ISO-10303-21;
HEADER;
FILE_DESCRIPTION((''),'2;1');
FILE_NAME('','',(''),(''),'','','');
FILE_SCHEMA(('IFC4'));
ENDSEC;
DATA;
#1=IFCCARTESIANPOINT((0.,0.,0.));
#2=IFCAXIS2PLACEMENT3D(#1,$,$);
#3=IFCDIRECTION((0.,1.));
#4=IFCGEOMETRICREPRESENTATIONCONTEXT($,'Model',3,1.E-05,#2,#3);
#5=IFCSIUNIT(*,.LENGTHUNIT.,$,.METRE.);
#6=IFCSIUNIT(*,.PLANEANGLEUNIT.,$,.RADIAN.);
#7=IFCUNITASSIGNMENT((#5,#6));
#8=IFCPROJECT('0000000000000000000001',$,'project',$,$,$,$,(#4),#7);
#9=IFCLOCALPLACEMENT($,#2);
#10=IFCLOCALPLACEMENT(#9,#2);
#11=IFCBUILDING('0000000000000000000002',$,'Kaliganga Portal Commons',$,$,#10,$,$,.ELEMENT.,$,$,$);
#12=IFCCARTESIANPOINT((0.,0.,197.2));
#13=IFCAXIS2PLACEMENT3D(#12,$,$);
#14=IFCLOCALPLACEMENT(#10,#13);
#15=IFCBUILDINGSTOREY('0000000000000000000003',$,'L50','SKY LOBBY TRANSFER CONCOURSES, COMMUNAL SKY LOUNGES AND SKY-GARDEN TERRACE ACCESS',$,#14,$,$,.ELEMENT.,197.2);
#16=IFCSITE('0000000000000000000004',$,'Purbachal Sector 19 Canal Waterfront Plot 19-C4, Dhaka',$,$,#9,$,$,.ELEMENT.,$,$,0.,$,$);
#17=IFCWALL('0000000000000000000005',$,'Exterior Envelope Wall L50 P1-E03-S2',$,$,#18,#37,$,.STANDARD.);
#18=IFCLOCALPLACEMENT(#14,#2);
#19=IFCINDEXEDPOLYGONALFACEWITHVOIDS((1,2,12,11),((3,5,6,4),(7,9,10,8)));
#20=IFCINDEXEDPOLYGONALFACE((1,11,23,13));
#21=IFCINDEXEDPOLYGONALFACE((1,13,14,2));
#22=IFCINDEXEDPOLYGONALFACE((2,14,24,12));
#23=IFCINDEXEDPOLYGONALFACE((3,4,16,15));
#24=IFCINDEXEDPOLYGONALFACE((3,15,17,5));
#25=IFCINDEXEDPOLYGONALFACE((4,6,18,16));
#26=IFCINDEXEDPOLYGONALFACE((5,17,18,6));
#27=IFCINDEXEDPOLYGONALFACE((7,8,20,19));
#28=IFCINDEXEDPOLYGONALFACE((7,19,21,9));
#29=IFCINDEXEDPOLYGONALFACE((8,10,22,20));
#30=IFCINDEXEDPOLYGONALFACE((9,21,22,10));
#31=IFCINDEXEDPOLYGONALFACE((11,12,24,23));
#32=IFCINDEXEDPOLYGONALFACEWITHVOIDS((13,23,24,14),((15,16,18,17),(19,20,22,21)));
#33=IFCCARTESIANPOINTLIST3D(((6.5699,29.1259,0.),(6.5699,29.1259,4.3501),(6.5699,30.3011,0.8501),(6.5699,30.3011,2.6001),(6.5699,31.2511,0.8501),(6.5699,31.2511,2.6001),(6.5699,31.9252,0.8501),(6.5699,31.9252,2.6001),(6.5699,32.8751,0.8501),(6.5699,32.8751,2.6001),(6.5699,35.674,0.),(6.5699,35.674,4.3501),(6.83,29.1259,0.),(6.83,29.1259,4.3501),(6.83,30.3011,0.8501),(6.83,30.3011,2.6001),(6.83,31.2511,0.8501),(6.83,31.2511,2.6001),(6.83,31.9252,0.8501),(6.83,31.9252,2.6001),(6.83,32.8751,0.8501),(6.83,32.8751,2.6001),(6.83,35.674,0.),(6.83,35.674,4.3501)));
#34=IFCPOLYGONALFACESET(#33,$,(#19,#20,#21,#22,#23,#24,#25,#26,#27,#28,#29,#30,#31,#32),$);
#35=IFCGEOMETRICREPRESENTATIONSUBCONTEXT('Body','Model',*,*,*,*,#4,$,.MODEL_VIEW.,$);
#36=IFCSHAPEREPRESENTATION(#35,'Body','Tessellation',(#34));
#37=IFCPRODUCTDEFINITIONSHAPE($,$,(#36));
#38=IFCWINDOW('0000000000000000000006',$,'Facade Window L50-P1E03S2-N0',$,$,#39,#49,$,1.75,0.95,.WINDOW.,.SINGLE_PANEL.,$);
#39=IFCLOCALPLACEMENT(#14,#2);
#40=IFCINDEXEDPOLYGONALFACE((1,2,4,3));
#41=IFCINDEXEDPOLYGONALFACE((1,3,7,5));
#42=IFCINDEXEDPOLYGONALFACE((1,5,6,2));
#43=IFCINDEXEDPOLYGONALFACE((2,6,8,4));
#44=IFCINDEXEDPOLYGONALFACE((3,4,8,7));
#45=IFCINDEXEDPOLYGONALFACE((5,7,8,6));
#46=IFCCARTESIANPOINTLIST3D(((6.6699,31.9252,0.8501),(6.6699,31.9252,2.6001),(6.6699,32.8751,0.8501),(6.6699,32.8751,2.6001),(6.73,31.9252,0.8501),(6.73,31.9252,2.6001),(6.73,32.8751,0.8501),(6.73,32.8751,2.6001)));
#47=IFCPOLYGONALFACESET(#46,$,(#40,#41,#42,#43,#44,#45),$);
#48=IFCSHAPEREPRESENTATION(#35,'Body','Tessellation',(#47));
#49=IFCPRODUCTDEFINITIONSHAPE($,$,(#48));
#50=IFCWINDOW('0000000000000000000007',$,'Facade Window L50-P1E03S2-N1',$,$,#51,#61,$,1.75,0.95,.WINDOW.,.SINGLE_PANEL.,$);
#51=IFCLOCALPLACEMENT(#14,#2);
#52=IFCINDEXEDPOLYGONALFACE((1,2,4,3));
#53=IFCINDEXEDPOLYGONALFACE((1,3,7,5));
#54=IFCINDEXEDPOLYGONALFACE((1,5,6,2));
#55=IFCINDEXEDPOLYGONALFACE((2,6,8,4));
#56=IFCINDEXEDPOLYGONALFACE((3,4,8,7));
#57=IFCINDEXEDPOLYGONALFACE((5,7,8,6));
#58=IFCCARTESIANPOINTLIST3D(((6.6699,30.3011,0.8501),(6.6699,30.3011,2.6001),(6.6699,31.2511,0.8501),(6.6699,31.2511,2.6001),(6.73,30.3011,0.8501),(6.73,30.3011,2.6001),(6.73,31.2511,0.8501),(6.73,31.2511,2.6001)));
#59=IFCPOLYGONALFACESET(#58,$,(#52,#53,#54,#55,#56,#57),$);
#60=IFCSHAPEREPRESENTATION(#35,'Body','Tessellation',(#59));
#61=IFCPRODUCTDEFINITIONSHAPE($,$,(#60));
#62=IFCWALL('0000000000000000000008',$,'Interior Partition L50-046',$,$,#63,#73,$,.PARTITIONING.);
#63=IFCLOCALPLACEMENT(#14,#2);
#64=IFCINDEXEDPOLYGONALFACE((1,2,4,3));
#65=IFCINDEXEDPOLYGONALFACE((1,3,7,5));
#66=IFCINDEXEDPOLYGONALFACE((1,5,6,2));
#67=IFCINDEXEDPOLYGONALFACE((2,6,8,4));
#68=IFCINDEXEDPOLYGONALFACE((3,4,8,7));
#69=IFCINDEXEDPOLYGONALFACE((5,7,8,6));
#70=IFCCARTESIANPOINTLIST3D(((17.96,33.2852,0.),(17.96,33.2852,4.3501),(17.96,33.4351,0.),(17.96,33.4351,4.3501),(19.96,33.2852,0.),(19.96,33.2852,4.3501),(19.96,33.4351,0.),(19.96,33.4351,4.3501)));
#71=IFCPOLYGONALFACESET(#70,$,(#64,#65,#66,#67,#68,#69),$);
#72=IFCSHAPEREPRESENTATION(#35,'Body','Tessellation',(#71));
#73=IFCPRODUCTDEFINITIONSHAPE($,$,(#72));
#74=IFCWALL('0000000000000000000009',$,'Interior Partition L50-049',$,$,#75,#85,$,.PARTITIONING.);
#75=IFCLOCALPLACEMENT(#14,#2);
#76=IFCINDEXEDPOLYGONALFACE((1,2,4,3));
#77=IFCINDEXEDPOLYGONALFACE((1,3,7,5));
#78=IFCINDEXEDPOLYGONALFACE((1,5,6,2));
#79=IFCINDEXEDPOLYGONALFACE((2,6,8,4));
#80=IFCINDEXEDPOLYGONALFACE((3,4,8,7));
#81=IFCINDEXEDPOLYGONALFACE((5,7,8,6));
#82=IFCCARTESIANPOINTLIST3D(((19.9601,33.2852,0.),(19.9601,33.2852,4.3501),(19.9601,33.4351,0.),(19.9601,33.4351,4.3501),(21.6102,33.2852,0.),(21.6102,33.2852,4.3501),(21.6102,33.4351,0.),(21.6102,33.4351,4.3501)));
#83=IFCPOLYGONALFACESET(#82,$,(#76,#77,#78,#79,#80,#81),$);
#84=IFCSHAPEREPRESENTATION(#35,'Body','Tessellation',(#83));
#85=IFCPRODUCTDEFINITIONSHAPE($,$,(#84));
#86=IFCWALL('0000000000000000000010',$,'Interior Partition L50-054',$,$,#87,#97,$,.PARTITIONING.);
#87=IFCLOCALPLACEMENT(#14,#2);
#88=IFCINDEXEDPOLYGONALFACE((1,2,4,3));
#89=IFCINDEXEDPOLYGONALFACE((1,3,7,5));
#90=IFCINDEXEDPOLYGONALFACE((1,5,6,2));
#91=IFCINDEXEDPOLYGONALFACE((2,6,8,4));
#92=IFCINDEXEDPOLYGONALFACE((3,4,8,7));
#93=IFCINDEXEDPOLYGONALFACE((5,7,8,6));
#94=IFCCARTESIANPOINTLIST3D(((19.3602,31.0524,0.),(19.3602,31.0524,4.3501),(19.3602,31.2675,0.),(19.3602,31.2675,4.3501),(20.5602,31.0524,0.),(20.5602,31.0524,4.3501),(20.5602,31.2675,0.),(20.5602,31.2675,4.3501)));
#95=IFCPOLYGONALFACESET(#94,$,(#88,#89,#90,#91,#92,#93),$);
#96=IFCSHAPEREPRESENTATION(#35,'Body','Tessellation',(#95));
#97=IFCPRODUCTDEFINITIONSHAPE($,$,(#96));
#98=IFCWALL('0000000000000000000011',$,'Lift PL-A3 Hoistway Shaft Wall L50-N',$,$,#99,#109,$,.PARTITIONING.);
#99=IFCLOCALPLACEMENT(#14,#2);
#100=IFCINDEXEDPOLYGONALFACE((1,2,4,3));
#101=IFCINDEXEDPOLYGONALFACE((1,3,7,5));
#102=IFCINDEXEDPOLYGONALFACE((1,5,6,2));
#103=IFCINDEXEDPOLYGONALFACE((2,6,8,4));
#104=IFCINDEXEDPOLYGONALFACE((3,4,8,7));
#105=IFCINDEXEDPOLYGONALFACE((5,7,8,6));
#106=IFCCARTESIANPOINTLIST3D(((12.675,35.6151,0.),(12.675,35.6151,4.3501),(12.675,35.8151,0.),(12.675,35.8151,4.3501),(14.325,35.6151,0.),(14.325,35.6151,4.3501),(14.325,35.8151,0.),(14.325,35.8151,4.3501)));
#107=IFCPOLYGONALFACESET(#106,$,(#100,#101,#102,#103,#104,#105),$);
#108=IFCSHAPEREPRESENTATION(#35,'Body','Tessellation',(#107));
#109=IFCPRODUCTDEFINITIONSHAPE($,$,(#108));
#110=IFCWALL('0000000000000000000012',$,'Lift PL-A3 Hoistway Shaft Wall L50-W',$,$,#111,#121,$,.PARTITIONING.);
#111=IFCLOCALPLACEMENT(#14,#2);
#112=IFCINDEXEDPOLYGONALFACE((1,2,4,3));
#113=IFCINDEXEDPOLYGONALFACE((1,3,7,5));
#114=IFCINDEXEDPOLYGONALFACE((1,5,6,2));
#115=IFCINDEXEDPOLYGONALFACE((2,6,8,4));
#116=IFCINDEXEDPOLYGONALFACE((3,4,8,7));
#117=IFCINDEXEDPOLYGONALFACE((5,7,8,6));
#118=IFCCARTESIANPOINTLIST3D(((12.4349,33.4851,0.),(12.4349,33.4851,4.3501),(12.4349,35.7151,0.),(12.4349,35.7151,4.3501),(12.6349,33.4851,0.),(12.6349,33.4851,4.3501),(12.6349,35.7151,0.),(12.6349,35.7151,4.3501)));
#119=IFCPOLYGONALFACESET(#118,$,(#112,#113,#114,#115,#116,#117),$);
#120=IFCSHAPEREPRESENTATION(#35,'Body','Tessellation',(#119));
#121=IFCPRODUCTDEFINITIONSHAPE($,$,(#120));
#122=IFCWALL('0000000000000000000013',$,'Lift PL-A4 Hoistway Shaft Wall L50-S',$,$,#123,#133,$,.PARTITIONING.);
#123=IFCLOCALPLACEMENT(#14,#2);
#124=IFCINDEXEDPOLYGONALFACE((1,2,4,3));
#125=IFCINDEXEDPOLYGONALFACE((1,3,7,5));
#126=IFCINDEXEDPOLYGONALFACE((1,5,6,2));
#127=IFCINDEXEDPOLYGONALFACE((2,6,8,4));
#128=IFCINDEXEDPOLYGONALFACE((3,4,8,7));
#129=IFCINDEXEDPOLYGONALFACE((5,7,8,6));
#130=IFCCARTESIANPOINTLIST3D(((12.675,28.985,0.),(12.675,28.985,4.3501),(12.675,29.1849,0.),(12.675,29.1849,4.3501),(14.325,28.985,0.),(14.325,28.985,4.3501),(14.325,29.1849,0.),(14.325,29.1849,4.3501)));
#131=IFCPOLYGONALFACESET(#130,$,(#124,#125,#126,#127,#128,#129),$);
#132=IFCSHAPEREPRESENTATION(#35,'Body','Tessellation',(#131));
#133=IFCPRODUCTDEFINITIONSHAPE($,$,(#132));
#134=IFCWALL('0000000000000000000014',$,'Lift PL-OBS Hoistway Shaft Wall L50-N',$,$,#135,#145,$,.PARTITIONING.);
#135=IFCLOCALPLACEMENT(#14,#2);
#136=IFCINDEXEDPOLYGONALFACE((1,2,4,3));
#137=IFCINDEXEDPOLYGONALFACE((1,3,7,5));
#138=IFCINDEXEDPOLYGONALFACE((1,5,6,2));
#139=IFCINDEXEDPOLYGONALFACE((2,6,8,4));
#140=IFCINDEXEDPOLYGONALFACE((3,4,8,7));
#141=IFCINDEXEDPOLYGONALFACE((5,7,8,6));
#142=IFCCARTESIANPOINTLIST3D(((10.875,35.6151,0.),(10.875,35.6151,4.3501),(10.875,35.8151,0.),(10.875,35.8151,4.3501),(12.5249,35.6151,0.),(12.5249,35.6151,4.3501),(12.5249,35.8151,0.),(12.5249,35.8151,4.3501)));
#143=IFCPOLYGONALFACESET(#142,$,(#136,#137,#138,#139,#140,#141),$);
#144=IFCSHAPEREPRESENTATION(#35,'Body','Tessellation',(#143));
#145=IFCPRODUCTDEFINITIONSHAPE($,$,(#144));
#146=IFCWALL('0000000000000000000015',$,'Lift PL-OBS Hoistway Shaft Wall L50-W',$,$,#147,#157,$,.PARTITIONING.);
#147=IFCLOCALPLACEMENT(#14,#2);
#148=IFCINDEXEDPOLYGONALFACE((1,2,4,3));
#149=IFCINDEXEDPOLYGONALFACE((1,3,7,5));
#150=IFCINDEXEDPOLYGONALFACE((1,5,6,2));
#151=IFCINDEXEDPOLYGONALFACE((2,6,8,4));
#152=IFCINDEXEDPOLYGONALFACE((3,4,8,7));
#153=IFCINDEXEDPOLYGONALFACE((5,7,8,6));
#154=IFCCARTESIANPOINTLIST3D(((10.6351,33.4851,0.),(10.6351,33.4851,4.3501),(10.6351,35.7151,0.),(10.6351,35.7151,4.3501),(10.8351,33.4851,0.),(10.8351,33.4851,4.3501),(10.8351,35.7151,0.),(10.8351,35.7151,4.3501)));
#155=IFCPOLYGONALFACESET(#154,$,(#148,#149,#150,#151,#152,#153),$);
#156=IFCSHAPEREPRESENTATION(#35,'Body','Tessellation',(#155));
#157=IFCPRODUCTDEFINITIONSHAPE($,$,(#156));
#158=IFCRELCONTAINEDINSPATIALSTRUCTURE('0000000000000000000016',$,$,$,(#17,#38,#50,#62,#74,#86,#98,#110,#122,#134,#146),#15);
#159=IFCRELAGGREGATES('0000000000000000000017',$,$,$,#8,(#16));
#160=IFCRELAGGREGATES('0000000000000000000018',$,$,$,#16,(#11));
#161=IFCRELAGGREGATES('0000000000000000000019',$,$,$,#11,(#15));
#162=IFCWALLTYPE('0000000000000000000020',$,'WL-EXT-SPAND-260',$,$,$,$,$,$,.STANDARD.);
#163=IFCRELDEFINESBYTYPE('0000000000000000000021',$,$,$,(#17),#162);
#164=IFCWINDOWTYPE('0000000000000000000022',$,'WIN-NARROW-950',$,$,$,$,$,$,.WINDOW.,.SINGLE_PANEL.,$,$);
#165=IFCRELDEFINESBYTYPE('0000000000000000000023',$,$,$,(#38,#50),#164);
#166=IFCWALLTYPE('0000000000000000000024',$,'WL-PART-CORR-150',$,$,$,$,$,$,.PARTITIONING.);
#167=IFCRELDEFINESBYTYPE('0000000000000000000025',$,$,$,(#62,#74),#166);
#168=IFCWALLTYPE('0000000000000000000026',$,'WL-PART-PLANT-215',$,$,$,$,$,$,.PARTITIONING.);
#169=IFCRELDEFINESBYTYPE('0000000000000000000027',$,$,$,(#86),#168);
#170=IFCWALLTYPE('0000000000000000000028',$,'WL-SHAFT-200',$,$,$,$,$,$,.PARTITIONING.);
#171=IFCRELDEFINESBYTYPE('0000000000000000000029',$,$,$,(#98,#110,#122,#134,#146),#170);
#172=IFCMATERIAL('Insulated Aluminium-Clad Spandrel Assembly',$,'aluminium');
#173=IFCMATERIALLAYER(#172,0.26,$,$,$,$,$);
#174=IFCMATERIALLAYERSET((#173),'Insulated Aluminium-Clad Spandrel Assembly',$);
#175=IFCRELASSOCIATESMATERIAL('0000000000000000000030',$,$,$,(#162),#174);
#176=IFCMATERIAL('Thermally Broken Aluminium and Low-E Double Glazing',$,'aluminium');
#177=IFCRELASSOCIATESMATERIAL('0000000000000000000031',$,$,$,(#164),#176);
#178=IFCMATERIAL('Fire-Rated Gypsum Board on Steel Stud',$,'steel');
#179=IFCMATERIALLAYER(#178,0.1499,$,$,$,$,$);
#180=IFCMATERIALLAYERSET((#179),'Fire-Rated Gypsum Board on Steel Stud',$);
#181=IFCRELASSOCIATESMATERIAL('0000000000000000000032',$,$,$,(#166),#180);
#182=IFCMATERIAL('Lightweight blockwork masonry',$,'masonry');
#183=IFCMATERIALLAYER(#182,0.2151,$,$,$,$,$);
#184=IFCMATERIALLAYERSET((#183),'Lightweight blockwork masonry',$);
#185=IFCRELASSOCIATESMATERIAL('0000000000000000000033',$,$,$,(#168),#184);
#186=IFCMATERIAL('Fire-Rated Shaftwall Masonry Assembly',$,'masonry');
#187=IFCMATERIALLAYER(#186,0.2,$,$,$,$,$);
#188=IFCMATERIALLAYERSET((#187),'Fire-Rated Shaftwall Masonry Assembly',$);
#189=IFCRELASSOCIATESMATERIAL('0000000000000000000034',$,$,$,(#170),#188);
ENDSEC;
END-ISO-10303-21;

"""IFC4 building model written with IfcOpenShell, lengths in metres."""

from ifc_helpers import new_model, si_unit, direction, frame, frame_2d, origin, place, context, subcontext, project, spatial, rectangle, extrude, material, layer, layer_set, type_object, element, fill, save


model = new_model("IFC4")

# Units and contexts
model_context = context("Model", 3, precision=1e-05, world=origin(), true_north=direction((0.0, 1.0)))
body_context = subcontext(model_context, "Body", "Model", "MODEL_VIEW")
ifc_project = project(units=[si_unit("LENGTHUNIT", "METRE"), si_unit("PLANEANGLEUNIT", "RADIAN")], contexts=[model_context])

# Site, building, storey
site_placement = place(None, origin())
site = spatial("IfcSite", under=ifc_project, at=site_placement, Name="Purbachal Sector 19 Canal Waterfront Plot 19-C4, Dhaka", CompositionType="ELEMENT", RefElevation=0.0)
building_placement = place(site_placement, origin())
building = spatial("IfcBuilding", under=site, at=building_placement, Name="Kaliganga Portal Commons", CompositionType="ELEMENT")
storey_placement = place(building_placement, frame((0.0, 0.0, 197.2)))
storey = spatial("IfcBuildingStorey", under=building, at=storey_placement, Name="L50", Description="SKY LOBBY TRANSFER CONCOURSES, COMMUNAL SKY LOUNGES AND SKY-GARDEN TERRACE ACCESS", CompositionType="ELEMENT", Elevation=197.2)

# Wall, openings, windows
ifc_material_1 = material(Name="Insulated Aluminium-Clad Spandrel Assembly", Category="aluminium")
ifc_layer_1 = layer(ifc_material_1, 0.26)
ifc_layer_set_1 = layer_set([ifc_layer_1], Name="Insulated Aluminium-Clad Spandrel Assembly")
wall_type_1 = type_object("IfcWallType", Name="WL-EXT-SPAND-260", PredefinedType="STANDARD", material=ifc_layer_set_1)
wall_1_placement = place(storey_placement, frame((6.7, 29.126, 0.0), z_axis=(0.0, 0.0, 1.0), x_axis=(0.0, 1.0, 0.0)))
wall_1 = element("IfcWall", 1, at=wall_1_placement, inside=storey, type_object=wall_type_1, Name="Exterior Envelope Wall L50 P1-E03-S2", PredefinedType="STANDARD", context=body_context, shape_type="SweptSolid", body=[
    extrude(rectangle(XDim=6.5481, YDim=0.26, at=frame_2d((3.2739, 0.0))), origin(), (0.0, 0.0, 1.0), 4.3501),
])
opening_1_placement = place(wall_1_placement, frame((2.7991, 0.0, 0.8501)))
opening_1 = element("IfcOpeningElement", 2, at=opening_1_placement, cuts=wall_1, PredefinedType="OPENING", context=body_context, shape_type="SweptSolid", body=[
    extrude(rectangle(XDim=0.95, YDim=1.75, at=frame_2d((0.4751, 0.875))), frame((0.0, 0.1401, 0.0), z_axis=(0.0, -1.0, 0.0), x_axis=(1.0, 0.0, 0.0)), (0.0, 0.0, 1.0), 0.28),
])
opening_2_placement = place(wall_1_placement, frame((1.175, 0.0, 0.8501)))
opening_2 = element("IfcOpeningElement", 3, at=opening_2_placement, cuts=wall_1, PredefinedType="OPENING", context=body_context, shape_type="SweptSolid", body=[
    extrude(rectangle(XDim=0.95, YDim=1.75, at=frame_2d((0.4751, 0.875))), frame((0.0, 0.1401, 0.0), z_axis=(0.0, -1.0, 0.0), x_axis=(1.0, 0.0, 0.0)), (0.0, 0.0, 1.0), 0.28),
])
ifc_material_2 = material(Name="Thermally Broken Aluminium and Low-E Double Glazing", Category="aluminium")
window_type = type_object("IfcWindowType", Name="WIN-NARROW-950", PartitioningType="SINGLE_PANEL", PredefinedType="WINDOW", material=ifc_material_2)
window_1_placement = place(opening_1_placement, origin())
window_1 = element("IfcWindow", 4, at=window_1_placement, inside=storey, type_object=window_type, Name="Facade Window L50-P1E03S2-N0", OverallHeight=1.75, OverallWidth=0.95, PartitioningType="SINGLE_PANEL", PredefinedType="WINDOW", context=body_context, shape_type="SweptSolid", body=[
    extrude(rectangle(XDim=0.95, YDim=1.75, at=frame_2d((0.4751, 0.875))), frame((0.0, 0.03, 0.0), z_axis=(0.0, -1.0, 0.0), x_axis=(1.0, 0.0, 0.0)), (0.0, 0.0, 1.0), 0.0601),
])
fill(opening_1, window_1)
window_2_placement = place(opening_2_placement, origin())
window_2 = element("IfcWindow", 5, at=window_2_placement, inside=storey, type_object=window_type, Name="Facade Window L50-P1E03S2-N1", OverallHeight=1.75, OverallWidth=0.95, PartitioningType="SINGLE_PANEL", PredefinedType="WINDOW", context=body_context, shape_type="SweptSolid", body=[
    extrude(rectangle(XDim=0.95, YDim=1.75, at=frame_2d((0.4751, 0.875))), frame((0.0, 0.03, 0.0), z_axis=(0.0, -1.0, 0.0), x_axis=(1.0, 0.0, 0.0)), (0.0, 0.0, 1.0), 0.0601),
])
fill(opening_2, window_2)

# Walls
ifc_material_3 = material(Name="Fire-Rated Gypsum Board on Steel Stud", Category="steel")
ifc_layer_2 = layer(ifc_material_3, 0.1499)
ifc_layer_set_2 = layer_set([ifc_layer_2], Name="Fire-Rated Gypsum Board on Steel Stud")
wall_type_2 = type_object("IfcWallType", Name="WL-PART-CORR-150", PredefinedType="PARTITIONING", material=ifc_layer_set_2)
wall_2_placement = place(storey_placement, frame((17.96, 33.3601, 0.0), z_axis=(0.0, 0.0, 1.0), x_axis=(1.0, 0.0, 0.0)))
element("IfcWall", 6, at=wall_2_placement, inside=storey, type_object=wall_type_2, Name="Interior Partition L50-046", PredefinedType="PARTITIONING", context=body_context, shape_type="SweptSolid", body=[
    extrude(rectangle(XDim=2.0, YDim=0.1499, at=frame_2d((1.0, 0.0))), origin(), (0.0, 0.0, 1.0), 4.3501),
])
wall_3_placement = place(storey_placement, frame((19.96, 33.3601, 0.0), z_axis=(0.0, 0.0, 1.0), x_axis=(1.0, 0.0, 0.0)))
element("IfcWall", 7, at=wall_3_placement, inside=storey, type_object=wall_type_2, Name="Interior Partition L50-049", PredefinedType="PARTITIONING", context=body_context, shape_type="SweptSolid", body=[
    extrude(rectangle(XDim=1.6501, YDim=0.1499, at=frame_2d((0.8252, 0.0))), origin(), (0.0, 0.0, 1.0), 4.3501),
])
ifc_material_4 = material(Name="Lightweight blockwork masonry", Category="masonry")
ifc_layer_3 = layer(ifc_material_4, 0.2151)
ifc_layer_set_3 = layer_set([ifc_layer_3], Name="Lightweight blockwork masonry")
wall_type_3 = type_object("IfcWallType", Name="WL-PART-PLANT-215", PredefinedType="PARTITIONING", material=ifc_layer_set_3)
wall_4_placement = place(storey_placement, frame((19.3601, 31.1599, 0.0), z_axis=(0.0, 0.0, 1.0), x_axis=(1.0, 0.0, 0.0)))
element("IfcWall", 8, at=wall_4_placement, inside=storey, type_object=wall_type_3, Name="Interior Partition L50-054", PredefinedType="PARTITIONING", context=body_context, shape_type="SweptSolid", body=[
    extrude(rectangle(XDim=1.2, YDim=0.2151, at=frame_2d((0.6001, 0.0))), origin(), (0.0, 0.0, 1.0), 4.3501),
])

# Shared definitions
ifc_material_5 = material(Name="Fire-Rated Shaftwall Masonry Assembly", Category="masonry")
ifc_layer_4 = layer(ifc_material_5, 0.2)
ifc_layer_set_4 = layer_set([ifc_layer_4], Name="Fire-Rated Shaftwall Masonry Assembly")
wall_type_4 = type_object("IfcWallType", Name="WL-SHAFT-200", PredefinedType="PARTITIONING", material=ifc_layer_set_4)

# Walls
wall_5_placement = place(storey_placement, frame((12.675, 35.7151, 0.0), z_axis=(0.0, 0.0, 1.0), x_axis=(1.0, 0.0, 0.0)))
element("IfcWall", 9, at=wall_5_placement, inside=storey, type_object=wall_type_4, Name="Lift PL-A3 Hoistway Shaft Wall L50-N", PredefinedType="PARTITIONING", context=body_context, shape_type="SweptSolid", body=[
    extrude(rectangle(XDim=1.6499, YDim=0.2, at=frame_2d((0.825, 0.0))), origin(), (0.0, 0.0, 1.0), 4.3501),
])
wall_6_placement = place(storey_placement, frame((12.5349, 33.4851, 0.0), z_axis=(0.0, 0.0, 1.0), x_axis=(0.0, 1.0, 0.0)))
element("IfcWall", 10, at=wall_6_placement, inside=storey, type_object=wall_type_4, Name="Lift PL-A3 Hoistway Shaft Wall L50-W", PredefinedType="PARTITIONING", context=body_context, shape_type="SweptSolid", body=[
    extrude(rectangle(XDim=2.23, YDim=0.2, at=frame_2d((1.115, 0.0))), origin(), (0.0, 0.0, 1.0), 4.3501),
])
wall_7_placement = place(storey_placement, frame((12.675, 29.085, 0.0), z_axis=(0.0, 0.0, 1.0), x_axis=(1.0, 0.0, 0.0)))
element("IfcWall", 11, at=wall_7_placement, inside=storey, type_object=wall_type_4, Name="Lift PL-A4 Hoistway Shaft Wall L50-S", PredefinedType="PARTITIONING", context=body_context, shape_type="SweptSolid", body=[
    extrude(rectangle(XDim=1.6499, YDim=0.2, at=frame_2d((0.825, 0.0))), origin(), (0.0, 0.0, 1.0), 4.3501),
])

# Walls
wall_8_placement = place(storey_placement, frame((10.875, 35.7151, 0.0), z_axis=(0.0, 0.0, 1.0), x_axis=(1.0, 0.0, 0.0)))
element("IfcWall", 12, at=wall_8_placement, inside=storey, type_object=wall_type_4, Name="Lift PL-OBS Hoistway Shaft Wall L50-N", PredefinedType="PARTITIONING", context=body_context, shape_type="SweptSolid", body=[
    extrude(rectangle(XDim=1.6499, YDim=0.2, at=frame_2d((0.825, 0.0))), origin(), (0.0, 0.0, 1.0), 4.3501),
])
wall_9_placement = place(storey_placement, frame((10.7351, 33.4851, 0.0), z_axis=(0.0, 0.0, 1.0), x_axis=(0.0, 1.0, 0.0)))
element("IfcWall", 13, at=wall_9_placement, inside=storey, type_object=wall_type_4, Name="Lift PL-OBS Hoistway Shaft Wall L50-W", PredefinedType="PARTITIONING", context=body_context, shape_type="SweptSolid", body=[
    extrude(rectangle(XDim=2.23, YDim=0.2, at=frame_2d((1.115, 0.0))), origin(), (0.0, 0.0, 1.0), 4.3501),
])

save(model, "model.ifc")
